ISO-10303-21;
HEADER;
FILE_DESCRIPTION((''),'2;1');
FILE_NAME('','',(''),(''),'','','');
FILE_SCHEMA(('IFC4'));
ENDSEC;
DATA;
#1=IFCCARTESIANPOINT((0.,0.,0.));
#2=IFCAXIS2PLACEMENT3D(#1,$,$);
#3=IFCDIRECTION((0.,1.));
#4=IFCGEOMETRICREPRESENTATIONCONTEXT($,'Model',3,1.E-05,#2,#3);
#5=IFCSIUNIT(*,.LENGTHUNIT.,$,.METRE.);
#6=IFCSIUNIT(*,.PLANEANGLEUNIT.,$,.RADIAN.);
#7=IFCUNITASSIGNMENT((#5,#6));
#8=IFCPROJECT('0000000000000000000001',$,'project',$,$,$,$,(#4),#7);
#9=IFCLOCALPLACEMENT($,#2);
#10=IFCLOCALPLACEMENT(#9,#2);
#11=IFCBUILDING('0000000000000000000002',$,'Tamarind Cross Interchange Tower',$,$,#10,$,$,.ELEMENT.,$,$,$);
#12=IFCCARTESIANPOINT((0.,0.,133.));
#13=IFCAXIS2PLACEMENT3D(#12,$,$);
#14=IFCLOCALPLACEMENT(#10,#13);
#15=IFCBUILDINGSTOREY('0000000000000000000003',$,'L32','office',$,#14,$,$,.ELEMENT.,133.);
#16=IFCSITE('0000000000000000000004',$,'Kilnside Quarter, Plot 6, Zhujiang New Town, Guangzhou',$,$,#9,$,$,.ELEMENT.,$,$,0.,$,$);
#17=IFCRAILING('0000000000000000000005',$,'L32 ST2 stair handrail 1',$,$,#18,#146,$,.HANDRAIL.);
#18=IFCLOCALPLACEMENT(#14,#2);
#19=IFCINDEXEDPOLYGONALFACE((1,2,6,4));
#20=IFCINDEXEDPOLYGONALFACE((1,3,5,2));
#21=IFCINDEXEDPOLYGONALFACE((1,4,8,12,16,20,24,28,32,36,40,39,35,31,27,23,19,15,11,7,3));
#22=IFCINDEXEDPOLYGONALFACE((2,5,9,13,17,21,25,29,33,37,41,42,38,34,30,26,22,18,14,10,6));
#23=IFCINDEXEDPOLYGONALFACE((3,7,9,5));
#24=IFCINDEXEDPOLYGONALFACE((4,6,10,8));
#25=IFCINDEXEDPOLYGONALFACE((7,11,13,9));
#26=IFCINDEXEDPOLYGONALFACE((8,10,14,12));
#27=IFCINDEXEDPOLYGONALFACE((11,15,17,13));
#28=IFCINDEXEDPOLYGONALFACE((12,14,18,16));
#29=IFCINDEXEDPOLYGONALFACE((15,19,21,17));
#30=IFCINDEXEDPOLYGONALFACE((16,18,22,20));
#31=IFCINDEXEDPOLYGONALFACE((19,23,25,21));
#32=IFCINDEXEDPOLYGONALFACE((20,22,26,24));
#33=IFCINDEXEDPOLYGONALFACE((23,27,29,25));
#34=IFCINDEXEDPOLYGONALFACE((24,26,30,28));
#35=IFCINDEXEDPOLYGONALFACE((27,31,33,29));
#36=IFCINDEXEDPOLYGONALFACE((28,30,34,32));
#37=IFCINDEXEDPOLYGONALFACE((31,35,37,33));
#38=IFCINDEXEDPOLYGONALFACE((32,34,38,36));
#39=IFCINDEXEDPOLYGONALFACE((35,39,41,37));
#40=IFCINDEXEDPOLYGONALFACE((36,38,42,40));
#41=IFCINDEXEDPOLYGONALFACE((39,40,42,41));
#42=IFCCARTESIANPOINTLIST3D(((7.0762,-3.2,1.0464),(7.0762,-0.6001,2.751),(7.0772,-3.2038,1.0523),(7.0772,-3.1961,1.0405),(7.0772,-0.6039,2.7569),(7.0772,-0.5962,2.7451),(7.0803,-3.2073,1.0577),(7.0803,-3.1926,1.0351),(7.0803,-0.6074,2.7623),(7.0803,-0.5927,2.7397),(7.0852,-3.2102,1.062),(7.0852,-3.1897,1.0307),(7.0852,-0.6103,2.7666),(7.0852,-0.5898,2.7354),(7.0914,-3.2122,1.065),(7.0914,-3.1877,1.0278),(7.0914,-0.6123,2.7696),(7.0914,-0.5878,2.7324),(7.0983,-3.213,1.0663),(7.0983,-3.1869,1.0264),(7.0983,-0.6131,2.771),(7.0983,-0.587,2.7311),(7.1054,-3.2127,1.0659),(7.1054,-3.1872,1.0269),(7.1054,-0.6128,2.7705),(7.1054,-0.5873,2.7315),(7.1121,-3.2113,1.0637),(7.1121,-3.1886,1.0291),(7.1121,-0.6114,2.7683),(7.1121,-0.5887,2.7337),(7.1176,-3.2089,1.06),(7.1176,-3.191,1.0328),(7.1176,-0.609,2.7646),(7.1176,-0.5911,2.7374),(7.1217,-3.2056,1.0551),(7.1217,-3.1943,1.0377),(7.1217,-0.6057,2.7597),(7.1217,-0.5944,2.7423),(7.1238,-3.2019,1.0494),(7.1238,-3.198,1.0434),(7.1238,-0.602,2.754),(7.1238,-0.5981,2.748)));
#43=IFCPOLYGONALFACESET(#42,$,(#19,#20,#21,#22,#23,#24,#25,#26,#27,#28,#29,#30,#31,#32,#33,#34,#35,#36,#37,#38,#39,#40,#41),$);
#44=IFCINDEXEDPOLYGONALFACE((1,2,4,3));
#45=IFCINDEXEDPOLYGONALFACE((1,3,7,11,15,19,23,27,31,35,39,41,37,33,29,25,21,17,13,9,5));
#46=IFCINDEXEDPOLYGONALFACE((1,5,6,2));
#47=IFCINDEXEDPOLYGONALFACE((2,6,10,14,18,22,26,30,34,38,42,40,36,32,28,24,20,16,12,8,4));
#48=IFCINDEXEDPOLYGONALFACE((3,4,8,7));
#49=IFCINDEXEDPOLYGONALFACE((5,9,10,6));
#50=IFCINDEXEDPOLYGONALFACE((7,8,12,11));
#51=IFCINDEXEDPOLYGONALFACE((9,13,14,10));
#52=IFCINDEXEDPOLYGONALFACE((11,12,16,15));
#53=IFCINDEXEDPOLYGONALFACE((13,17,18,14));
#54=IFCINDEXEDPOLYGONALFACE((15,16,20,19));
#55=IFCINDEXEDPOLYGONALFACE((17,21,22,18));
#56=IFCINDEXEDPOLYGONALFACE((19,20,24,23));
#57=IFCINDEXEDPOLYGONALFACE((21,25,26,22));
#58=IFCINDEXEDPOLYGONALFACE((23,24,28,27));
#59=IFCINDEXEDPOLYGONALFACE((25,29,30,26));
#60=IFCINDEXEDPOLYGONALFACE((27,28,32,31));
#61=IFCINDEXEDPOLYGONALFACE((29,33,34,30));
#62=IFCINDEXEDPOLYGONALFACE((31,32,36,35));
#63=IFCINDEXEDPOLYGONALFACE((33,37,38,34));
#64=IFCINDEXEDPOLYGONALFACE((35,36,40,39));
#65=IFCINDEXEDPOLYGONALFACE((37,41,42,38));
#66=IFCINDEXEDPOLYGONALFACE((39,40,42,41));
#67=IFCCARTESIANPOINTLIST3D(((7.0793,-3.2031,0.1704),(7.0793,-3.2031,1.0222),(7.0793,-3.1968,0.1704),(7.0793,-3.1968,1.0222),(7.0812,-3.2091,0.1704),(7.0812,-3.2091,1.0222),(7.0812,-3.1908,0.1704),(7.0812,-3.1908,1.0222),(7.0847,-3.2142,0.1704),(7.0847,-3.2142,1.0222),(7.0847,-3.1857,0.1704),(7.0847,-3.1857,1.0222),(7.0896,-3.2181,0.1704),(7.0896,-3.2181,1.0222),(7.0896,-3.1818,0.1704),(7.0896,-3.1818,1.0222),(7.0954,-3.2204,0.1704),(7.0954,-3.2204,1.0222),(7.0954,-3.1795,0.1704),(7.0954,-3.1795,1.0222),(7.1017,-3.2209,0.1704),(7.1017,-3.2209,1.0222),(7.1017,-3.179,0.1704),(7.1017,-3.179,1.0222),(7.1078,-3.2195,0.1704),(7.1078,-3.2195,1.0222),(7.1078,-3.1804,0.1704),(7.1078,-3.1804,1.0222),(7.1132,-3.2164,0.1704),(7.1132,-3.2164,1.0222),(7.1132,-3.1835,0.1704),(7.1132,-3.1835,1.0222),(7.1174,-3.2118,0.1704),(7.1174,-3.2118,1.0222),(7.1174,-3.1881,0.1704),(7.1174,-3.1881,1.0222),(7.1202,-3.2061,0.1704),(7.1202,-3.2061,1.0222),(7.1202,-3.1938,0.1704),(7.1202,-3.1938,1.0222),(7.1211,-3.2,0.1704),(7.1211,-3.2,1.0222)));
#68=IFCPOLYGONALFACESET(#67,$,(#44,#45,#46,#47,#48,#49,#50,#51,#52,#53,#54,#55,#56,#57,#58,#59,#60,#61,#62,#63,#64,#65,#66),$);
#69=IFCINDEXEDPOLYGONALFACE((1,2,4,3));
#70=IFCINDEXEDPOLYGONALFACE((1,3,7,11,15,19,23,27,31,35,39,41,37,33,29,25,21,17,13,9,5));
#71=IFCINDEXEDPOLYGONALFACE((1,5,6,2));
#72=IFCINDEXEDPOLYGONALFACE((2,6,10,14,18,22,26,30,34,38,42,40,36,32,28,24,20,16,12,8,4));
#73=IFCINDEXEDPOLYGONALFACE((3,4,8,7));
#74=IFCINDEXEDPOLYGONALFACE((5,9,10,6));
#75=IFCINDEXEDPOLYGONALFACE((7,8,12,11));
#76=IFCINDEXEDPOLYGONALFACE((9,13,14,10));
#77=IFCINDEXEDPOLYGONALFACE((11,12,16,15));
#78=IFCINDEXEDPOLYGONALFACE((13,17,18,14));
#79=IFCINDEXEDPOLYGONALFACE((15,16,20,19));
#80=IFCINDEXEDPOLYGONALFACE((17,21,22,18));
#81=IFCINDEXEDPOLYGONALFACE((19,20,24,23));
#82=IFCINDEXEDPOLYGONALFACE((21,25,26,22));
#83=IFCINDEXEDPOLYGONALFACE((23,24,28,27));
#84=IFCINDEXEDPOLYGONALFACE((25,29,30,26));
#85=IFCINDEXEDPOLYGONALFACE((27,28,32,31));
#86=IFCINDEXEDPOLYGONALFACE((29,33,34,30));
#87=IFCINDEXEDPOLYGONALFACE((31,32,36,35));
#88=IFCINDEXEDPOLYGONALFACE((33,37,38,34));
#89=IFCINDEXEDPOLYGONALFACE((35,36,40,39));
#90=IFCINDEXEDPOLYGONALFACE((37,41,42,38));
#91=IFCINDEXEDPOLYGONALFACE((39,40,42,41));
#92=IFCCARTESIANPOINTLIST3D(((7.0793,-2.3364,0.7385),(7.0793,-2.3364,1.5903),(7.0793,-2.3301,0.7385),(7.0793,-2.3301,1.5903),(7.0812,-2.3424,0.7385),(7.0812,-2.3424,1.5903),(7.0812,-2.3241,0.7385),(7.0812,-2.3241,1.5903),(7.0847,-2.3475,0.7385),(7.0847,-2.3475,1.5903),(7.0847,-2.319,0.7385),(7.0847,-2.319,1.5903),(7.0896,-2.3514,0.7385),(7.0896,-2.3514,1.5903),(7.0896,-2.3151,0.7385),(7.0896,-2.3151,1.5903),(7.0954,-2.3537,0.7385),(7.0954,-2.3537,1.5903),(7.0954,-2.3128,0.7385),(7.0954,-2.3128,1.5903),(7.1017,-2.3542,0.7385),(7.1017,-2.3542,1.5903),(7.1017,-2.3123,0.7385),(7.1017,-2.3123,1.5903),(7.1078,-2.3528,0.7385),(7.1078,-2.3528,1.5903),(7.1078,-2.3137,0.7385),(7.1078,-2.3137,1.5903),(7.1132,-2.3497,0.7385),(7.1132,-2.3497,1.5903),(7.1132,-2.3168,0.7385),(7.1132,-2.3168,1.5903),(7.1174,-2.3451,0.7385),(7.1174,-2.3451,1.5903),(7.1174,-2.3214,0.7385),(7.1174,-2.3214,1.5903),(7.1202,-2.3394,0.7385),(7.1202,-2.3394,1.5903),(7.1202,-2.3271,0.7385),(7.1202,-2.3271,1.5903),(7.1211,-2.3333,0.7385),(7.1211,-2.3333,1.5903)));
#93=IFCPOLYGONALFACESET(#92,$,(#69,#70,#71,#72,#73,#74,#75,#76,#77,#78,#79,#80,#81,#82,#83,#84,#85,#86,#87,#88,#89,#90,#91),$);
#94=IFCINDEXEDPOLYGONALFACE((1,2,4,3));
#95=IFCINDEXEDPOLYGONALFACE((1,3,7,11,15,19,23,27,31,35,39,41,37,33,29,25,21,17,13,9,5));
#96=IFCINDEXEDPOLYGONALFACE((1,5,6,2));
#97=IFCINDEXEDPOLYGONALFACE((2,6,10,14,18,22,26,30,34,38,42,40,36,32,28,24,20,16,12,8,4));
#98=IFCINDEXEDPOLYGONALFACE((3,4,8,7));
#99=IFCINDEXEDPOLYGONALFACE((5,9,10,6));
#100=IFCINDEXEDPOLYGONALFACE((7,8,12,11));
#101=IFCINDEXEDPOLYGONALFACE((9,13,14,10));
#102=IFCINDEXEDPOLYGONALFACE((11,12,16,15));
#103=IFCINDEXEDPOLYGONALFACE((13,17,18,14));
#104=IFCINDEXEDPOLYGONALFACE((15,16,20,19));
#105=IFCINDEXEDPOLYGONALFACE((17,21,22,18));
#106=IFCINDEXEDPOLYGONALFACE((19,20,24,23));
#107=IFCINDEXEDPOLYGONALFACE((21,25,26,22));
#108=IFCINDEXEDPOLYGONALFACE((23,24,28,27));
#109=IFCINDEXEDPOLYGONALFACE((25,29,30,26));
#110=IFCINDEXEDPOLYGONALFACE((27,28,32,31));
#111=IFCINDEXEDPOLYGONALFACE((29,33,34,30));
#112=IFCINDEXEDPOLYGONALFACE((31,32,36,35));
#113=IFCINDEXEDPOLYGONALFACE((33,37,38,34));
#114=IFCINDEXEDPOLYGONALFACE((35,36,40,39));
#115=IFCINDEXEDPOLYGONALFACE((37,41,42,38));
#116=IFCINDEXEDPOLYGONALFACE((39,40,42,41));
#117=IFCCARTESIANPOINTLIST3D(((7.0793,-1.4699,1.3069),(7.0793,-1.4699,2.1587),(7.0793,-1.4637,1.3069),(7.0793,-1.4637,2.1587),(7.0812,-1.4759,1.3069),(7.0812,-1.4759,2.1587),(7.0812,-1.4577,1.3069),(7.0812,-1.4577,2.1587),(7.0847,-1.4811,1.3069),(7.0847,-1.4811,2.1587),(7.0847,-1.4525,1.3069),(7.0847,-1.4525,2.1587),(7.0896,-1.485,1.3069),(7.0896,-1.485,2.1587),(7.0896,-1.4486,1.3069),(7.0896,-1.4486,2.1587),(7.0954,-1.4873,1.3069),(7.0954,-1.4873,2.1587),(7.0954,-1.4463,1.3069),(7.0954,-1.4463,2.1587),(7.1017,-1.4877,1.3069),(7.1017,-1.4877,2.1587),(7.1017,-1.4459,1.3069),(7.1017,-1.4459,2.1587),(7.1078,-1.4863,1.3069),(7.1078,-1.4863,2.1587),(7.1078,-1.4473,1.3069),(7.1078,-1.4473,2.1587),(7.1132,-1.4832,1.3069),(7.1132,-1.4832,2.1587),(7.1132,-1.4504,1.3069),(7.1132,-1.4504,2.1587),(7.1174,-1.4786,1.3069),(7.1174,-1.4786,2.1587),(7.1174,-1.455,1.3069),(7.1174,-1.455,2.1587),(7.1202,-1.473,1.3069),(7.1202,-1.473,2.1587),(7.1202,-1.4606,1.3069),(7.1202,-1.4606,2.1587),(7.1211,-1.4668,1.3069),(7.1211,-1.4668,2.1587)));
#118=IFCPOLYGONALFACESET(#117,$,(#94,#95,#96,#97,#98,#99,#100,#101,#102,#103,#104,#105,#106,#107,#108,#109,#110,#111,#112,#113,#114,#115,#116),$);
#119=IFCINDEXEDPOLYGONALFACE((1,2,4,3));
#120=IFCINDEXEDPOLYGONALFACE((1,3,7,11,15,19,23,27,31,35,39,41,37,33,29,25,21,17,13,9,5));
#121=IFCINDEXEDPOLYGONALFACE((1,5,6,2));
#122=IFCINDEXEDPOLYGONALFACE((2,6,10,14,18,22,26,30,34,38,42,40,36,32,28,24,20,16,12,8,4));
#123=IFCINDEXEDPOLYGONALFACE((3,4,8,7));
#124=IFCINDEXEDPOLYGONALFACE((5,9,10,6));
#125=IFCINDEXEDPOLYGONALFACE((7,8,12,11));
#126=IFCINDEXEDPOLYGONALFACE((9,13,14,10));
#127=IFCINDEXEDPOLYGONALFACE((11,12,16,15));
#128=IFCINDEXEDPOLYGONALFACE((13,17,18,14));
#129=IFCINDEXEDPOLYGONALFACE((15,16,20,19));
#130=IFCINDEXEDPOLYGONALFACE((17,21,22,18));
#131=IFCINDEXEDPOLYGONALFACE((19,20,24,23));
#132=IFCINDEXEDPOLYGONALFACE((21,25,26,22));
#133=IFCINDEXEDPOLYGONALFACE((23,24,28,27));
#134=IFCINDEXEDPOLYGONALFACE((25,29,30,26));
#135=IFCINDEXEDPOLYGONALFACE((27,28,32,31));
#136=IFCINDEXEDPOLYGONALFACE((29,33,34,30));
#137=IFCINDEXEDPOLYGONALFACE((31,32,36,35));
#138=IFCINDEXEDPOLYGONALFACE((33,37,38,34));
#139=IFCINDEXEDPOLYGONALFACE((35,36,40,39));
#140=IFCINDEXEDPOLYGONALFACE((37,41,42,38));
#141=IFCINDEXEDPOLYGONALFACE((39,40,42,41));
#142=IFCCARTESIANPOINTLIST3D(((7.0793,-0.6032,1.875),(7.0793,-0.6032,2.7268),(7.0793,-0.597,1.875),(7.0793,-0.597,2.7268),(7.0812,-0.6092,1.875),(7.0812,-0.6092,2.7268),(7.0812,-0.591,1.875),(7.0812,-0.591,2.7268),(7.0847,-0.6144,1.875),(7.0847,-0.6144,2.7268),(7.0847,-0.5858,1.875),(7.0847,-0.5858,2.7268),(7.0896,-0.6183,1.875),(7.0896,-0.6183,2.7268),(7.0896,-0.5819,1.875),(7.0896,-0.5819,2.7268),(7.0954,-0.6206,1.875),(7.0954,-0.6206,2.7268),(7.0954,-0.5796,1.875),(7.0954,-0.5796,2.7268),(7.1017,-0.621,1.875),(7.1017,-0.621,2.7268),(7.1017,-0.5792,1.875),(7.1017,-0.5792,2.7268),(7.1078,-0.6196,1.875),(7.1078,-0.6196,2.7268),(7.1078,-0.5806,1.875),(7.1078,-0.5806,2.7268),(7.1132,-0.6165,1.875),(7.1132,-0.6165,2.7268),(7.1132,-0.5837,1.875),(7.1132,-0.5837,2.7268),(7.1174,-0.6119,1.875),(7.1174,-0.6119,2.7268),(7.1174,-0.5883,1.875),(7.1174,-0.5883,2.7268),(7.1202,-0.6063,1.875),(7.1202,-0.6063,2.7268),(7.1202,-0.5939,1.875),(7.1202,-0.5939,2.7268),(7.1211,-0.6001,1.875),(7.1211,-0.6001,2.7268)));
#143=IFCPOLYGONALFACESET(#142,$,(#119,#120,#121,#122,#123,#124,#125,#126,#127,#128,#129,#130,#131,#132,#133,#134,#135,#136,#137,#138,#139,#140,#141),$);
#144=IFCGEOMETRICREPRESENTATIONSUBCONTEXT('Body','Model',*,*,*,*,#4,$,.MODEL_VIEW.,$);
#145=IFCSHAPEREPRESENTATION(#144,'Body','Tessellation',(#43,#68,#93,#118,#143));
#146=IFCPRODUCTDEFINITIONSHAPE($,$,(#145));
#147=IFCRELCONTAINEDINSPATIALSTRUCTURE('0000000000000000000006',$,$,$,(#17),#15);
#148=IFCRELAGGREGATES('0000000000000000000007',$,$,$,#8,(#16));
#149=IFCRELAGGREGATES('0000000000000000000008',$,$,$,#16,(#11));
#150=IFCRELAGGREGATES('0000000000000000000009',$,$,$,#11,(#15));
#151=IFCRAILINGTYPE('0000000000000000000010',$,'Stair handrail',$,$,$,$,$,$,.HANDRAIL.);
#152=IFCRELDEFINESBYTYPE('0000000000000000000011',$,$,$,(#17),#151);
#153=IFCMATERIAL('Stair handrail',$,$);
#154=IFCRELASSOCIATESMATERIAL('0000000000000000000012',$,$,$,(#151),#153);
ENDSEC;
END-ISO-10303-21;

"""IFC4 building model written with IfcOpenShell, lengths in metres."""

from ifc_helpers import new_model, si_unit, direction, frame, origin, origin_2d, place, context, subcontext, project, spatial, circle, extrude, material, type_object, element, save


model = new_model("IFC4")

# Units and contexts
model_context = context("Model", 3, precision=1e-05, world=origin(), true_north=direction((0.0, 1.0)))
body_context = subcontext(model_context, "Body", "Model", "MODEL_VIEW")
ifc_project = project(units=[si_unit("LENGTHUNIT", "METRE"), si_unit("PLANEANGLEUNIT", "RADIAN")], contexts=[model_context])

# Site, building, storey
site_placement = place(None, origin())
site = spatial("IfcSite", under=ifc_project, at=site_placement, Name="Kilnside Quarter, Plot 6, Zhujiang New Town, Guangzhou", CompositionType="ELEMENT", RefElevation=0.0)
building_placement = place(site_placement, origin())
building = spatial("IfcBuilding", under=site, at=building_placement, Name="Tamarind Cross Interchange Tower", CompositionType="ELEMENT")
storey_placement = place(building_placement, frame((0.0, 0.0, 133.0)))
storey = spatial("IfcBuildingStorey", under=building, at=storey_placement, Name="L32", Description="office", CompositionType="ELEMENT", Elevation=133.0)

# Railing
ifc_material_1 = material(Name="Stair handrail")
railing_type_1 = type_object("IfcRailingType", Name="Stair handrail", PredefinedType="HANDRAIL", material=ifc_material_1)
railing_1_placement = place(storey_placement, frame((7.1001, -3.2, 0.1704)))
element("IfcRailing", 1, at=railing_1_placement, inside=storey, type_object=railing_type_1, Name="L32 ST2 stair handrail 1", PredefinedType="HANDRAIL", context=body_context, shape_type="SweptSolid", body=[
    extrude(circle(Radius=0.0239, at=origin_2d()), frame((0.0, 0.0, 0.876), z_axis=(0.0, 0.836279, 0.548305), x_axis=(-1.0, 0.0, 0.0)), (0.0, 0.0, 1.0), 3.1089),
    extrude(circle(Radius=0.021, at=origin_2d()), origin(), (0.0, 0.0, 1.0), 0.8518),
    extrude(circle(Radius=0.021, at=origin_2d()), frame((0.0, 0.8667, 0.5681)), (0.0, 0.0, 1.0), 0.8518),
    extrude(circle(Radius=0.021, at=origin_2d()), frame((0.0, 1.7332, 1.1365)), (0.0, 0.0, 1.0), 0.8518),
    extrude(circle(Radius=0.021, at=origin_2d()), frame((0.0, 2.5999, 1.7046)), (0.0, 0.0, 1.0), 0.8518),
])

save(model, "model.ifc")
